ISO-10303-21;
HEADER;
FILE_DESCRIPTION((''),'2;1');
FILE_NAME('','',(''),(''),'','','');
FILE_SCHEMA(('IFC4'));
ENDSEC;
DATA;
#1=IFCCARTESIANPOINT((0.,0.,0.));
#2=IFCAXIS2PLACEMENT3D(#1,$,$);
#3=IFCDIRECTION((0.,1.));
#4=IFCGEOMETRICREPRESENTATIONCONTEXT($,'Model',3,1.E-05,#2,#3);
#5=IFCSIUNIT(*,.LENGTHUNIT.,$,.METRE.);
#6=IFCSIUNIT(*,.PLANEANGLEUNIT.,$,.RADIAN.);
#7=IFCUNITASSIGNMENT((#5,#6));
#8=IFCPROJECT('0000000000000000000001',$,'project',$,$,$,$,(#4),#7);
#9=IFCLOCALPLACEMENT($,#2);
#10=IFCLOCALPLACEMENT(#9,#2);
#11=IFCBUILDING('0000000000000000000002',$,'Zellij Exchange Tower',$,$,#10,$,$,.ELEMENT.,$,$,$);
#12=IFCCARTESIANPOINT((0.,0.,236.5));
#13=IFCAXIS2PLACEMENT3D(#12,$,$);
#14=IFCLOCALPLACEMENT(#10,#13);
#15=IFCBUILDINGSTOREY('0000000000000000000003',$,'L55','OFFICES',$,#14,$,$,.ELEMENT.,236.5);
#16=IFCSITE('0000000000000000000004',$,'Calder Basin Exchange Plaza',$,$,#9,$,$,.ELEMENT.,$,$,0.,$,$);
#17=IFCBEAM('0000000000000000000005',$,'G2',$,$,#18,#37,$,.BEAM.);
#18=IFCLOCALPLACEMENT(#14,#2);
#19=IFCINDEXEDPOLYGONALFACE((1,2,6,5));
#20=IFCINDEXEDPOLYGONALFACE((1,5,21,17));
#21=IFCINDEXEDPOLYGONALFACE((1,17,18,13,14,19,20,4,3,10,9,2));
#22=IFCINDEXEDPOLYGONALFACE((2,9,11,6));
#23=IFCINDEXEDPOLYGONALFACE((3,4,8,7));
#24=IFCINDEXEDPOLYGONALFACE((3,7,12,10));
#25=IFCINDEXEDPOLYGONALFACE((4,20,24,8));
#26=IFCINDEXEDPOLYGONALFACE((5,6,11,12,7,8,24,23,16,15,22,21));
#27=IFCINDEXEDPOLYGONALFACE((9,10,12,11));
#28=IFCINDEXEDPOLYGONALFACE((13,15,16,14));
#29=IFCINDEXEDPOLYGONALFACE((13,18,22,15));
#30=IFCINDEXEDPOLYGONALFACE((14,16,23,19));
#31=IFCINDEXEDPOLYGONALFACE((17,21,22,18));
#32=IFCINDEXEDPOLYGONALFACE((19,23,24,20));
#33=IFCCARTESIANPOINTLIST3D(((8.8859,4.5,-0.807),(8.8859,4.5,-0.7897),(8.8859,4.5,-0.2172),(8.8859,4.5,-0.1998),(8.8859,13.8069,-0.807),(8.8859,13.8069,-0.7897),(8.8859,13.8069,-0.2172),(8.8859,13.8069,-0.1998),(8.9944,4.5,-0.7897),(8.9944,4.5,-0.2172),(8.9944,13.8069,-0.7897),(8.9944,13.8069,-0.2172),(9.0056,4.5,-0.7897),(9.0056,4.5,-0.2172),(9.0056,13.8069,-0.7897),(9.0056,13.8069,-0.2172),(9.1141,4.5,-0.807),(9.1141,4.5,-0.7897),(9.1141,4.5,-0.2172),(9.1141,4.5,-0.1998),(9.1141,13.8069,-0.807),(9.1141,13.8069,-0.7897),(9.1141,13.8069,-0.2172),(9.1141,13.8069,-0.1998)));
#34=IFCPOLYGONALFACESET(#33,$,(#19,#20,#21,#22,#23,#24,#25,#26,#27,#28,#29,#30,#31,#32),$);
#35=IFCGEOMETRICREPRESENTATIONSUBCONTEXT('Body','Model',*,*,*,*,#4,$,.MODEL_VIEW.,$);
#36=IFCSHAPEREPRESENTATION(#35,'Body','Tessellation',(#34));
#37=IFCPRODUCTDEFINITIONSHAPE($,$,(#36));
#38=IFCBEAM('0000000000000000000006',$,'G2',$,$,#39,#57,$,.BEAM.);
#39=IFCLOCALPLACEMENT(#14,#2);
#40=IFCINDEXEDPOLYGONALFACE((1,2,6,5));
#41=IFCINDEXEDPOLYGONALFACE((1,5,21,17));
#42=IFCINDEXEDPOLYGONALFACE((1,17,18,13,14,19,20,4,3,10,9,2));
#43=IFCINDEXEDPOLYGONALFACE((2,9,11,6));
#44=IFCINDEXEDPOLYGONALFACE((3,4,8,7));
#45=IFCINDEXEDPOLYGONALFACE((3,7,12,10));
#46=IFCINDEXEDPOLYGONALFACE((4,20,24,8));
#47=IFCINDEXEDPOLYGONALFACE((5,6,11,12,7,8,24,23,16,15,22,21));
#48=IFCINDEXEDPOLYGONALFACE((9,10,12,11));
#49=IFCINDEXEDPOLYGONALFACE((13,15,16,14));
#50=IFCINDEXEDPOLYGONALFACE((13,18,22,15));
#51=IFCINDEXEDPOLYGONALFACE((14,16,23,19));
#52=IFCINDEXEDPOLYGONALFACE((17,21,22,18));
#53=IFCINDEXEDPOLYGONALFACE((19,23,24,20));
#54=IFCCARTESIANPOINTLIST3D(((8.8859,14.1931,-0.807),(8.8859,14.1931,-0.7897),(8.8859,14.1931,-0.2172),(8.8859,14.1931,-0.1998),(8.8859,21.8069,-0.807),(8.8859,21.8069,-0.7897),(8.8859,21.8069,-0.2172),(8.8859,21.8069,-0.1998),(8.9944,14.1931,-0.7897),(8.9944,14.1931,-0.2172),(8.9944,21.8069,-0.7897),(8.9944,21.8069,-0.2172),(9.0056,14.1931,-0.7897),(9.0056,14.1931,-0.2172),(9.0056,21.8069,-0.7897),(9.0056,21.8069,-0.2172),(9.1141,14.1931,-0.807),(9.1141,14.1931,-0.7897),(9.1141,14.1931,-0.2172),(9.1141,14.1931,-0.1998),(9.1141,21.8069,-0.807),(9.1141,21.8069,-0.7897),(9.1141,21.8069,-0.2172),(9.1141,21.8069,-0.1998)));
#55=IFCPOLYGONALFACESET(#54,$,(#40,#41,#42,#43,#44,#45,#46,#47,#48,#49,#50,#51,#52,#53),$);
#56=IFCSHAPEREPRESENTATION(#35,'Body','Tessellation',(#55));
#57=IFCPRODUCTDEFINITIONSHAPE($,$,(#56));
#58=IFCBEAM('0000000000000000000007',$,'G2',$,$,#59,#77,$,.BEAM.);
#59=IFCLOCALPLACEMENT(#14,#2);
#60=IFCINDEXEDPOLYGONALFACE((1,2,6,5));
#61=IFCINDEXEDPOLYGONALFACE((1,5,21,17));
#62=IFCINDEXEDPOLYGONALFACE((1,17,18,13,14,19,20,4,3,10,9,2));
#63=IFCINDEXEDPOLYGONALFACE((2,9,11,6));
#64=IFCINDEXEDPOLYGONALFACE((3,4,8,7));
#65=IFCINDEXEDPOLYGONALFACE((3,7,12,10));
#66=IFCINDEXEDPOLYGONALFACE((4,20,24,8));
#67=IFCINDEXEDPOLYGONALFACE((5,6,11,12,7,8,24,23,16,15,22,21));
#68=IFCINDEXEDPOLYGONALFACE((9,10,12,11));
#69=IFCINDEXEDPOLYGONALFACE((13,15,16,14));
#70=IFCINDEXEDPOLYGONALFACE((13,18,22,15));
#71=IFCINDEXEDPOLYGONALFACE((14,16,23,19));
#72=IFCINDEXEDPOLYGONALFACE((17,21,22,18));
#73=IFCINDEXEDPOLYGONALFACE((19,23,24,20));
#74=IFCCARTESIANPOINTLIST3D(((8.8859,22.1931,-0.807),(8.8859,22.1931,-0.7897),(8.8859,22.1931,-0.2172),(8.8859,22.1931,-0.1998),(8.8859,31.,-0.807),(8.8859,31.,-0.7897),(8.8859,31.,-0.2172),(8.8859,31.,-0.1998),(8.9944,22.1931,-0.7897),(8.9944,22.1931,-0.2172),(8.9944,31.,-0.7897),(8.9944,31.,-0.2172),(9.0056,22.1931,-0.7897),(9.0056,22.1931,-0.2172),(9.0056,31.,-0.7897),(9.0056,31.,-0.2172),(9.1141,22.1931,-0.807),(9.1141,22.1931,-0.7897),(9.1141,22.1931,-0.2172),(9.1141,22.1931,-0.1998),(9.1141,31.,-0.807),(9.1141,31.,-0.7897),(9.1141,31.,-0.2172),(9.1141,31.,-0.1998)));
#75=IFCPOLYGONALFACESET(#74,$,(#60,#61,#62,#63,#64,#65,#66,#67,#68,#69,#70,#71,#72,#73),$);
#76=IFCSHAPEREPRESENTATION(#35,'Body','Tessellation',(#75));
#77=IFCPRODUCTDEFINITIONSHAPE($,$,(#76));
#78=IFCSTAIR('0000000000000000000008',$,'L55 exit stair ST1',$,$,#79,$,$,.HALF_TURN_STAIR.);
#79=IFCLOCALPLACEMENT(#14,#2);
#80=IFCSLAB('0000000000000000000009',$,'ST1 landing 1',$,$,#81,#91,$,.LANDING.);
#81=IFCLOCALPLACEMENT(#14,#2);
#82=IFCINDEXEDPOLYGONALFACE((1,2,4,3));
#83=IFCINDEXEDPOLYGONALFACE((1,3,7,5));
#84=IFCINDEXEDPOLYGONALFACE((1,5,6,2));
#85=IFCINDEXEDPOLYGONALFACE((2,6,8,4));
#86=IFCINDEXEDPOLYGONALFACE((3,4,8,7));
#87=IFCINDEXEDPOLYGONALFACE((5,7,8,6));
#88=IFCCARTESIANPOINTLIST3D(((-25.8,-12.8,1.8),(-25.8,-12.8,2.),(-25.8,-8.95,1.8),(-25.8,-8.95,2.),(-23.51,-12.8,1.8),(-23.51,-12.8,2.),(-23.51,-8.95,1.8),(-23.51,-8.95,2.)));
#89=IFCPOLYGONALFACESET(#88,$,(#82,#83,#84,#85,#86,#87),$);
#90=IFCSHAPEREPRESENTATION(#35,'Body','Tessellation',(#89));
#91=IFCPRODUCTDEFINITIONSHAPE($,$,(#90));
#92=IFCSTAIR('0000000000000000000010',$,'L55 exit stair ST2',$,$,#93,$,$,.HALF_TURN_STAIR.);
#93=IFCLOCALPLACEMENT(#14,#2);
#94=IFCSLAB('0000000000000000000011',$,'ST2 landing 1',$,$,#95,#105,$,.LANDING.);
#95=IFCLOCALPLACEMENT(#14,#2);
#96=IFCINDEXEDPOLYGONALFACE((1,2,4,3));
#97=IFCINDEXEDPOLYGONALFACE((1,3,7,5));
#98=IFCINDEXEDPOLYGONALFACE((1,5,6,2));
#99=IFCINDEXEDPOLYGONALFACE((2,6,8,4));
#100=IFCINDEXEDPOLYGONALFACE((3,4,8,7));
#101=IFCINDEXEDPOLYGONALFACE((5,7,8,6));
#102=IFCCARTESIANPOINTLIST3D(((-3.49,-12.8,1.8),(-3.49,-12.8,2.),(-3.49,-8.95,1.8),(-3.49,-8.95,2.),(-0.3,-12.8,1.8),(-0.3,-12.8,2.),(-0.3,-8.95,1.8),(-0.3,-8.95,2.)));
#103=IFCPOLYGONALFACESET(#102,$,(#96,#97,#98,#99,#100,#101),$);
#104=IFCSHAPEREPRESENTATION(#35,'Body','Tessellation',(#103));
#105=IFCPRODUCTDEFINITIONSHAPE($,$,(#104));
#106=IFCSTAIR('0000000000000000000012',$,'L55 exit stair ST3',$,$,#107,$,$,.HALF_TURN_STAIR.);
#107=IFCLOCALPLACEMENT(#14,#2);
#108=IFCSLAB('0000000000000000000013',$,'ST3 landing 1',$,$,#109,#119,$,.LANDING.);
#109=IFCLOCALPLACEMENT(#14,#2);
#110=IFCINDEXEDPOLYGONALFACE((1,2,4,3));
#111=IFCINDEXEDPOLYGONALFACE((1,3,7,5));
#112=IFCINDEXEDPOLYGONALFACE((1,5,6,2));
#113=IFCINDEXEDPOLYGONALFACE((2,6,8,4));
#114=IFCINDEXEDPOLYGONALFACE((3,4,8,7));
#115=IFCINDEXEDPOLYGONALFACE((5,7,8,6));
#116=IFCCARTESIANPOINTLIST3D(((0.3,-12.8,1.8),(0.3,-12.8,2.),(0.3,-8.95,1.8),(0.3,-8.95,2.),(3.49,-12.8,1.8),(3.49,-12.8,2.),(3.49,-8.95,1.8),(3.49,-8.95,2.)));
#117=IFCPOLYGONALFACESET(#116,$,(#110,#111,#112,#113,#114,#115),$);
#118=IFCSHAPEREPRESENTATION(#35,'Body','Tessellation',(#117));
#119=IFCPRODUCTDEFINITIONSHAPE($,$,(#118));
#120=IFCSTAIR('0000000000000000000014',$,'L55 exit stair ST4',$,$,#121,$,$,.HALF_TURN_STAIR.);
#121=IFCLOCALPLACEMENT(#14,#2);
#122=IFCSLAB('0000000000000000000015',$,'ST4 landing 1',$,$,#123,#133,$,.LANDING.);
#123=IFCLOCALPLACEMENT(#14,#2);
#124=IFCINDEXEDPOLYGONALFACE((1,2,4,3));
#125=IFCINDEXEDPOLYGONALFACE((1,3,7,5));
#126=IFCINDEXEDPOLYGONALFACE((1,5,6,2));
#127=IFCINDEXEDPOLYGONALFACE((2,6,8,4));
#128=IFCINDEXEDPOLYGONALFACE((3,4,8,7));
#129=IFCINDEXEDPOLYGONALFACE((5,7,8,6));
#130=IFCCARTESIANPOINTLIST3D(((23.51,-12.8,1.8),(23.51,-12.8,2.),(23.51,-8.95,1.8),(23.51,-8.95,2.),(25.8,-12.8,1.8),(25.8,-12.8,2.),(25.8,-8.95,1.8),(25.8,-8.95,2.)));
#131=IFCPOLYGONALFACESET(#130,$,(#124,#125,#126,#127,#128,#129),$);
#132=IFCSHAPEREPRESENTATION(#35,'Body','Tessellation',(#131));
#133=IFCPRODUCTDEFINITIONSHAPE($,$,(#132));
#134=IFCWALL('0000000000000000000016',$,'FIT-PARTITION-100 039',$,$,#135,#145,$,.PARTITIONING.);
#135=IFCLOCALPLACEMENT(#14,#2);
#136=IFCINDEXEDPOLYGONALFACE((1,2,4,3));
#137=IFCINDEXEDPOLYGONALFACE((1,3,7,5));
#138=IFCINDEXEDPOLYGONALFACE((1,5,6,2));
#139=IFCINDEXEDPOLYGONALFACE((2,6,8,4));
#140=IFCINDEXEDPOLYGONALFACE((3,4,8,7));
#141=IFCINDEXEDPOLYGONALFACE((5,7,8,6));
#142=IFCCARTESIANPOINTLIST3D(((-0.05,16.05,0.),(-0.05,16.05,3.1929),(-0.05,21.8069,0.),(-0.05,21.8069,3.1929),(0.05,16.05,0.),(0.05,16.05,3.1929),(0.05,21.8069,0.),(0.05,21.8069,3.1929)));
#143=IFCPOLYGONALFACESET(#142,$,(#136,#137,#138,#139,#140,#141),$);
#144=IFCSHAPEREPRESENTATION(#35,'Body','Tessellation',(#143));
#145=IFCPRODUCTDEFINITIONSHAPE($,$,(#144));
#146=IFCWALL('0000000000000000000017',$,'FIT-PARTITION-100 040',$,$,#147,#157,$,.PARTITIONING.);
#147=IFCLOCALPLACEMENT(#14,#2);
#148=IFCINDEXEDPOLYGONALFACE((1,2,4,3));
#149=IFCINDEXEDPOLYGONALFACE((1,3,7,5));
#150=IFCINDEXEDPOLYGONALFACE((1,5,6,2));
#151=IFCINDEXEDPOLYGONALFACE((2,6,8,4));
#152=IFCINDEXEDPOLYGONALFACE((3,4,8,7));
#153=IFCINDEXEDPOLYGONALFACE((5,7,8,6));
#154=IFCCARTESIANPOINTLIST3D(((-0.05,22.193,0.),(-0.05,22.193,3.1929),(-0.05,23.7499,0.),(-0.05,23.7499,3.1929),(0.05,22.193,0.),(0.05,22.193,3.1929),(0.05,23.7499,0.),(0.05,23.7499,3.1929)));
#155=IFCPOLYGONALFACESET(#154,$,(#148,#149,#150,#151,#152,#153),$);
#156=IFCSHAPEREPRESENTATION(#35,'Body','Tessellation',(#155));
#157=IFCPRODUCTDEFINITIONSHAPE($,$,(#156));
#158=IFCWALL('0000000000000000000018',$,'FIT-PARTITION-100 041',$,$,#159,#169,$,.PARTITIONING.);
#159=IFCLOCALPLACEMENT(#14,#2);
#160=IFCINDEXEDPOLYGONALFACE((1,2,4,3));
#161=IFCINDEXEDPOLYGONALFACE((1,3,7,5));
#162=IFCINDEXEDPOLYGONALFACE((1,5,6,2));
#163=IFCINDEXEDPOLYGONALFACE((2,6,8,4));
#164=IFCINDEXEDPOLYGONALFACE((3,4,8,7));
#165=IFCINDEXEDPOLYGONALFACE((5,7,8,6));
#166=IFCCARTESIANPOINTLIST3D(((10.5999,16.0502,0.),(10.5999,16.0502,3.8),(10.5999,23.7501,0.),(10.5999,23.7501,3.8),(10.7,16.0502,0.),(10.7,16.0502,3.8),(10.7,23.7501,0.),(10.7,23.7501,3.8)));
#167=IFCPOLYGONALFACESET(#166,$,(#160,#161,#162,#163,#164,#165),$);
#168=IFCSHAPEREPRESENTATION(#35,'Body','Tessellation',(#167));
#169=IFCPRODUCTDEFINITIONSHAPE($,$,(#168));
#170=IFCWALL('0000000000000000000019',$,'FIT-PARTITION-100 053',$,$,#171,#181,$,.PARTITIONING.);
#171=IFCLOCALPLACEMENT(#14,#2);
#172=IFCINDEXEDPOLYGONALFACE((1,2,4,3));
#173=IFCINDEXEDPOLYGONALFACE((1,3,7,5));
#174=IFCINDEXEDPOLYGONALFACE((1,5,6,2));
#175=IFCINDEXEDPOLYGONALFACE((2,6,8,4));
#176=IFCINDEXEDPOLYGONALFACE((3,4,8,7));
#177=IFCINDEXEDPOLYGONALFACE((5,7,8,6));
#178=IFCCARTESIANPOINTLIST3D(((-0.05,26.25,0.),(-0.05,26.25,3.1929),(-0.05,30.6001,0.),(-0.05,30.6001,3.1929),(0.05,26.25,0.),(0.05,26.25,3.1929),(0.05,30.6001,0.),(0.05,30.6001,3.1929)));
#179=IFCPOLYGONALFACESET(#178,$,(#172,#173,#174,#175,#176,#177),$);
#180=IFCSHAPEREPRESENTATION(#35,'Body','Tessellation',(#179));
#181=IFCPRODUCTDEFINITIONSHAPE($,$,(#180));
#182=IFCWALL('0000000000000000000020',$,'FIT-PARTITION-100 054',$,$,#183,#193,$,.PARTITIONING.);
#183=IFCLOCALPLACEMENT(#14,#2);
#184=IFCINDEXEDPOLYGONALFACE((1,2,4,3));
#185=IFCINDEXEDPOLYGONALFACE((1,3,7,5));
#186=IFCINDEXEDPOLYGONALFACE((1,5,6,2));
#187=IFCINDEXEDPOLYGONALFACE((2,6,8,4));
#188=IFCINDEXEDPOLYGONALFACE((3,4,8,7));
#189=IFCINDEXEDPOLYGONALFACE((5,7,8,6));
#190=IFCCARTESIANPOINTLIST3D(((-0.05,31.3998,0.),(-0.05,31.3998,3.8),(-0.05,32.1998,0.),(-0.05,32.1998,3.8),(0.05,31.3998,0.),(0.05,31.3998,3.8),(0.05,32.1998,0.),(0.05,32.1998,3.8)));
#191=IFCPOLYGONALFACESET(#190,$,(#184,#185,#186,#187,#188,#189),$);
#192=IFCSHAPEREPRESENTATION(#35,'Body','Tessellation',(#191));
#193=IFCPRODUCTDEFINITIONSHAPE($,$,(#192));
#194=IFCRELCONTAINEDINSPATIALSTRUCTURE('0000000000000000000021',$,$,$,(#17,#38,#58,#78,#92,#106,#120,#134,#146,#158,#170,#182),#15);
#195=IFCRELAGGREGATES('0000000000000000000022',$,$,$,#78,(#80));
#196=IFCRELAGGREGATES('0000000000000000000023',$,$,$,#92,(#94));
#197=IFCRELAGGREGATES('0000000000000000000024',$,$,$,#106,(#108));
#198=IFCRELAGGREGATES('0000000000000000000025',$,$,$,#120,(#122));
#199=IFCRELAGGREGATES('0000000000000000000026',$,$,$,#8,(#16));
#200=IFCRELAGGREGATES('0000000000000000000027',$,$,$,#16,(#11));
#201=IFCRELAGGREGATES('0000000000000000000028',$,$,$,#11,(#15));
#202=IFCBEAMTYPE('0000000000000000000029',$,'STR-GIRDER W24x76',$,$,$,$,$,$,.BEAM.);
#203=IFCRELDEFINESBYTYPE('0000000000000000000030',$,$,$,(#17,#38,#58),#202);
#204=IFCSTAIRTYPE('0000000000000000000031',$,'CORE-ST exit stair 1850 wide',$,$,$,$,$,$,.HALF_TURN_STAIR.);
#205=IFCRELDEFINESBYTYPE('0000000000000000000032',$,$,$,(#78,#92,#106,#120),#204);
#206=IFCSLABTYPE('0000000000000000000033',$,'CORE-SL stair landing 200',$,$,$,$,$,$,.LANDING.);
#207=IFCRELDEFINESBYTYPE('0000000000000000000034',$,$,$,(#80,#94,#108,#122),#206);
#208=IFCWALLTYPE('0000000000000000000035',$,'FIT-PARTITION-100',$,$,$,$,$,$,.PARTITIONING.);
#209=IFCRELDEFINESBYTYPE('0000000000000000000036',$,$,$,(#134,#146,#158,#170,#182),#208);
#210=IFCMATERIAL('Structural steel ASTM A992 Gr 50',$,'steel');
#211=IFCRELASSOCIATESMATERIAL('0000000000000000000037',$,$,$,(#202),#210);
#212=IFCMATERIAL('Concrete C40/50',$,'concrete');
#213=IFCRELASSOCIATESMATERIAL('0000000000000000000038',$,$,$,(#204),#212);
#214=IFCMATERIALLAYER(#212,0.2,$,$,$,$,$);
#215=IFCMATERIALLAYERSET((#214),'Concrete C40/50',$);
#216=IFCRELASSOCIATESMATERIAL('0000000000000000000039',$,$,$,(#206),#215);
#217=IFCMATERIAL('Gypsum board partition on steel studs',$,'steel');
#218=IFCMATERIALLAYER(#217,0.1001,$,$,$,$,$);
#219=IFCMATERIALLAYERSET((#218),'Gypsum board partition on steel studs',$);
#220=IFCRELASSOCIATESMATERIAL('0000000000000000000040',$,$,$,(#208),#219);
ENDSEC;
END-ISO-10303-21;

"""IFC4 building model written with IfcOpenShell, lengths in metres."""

from ifc_helpers import new_model, si_unit, direction, frame, frame_2d, origin, origin_2d, place, context, subcontext, project, spatial, polyline, rectangle, i_section, outline, extrude, material, layer, layer_set, material_profile, profile_set, type_object, element, aggregate, save


model = new_model("IFC4")

# Units and contexts
model_context = context("Model", 3, precision=1e-05, world=origin(), true_north=direction((0.0, 1.0)))
body_context = subcontext(model_context, "Body", "Model", "MODEL_VIEW")
ifc_project = project(units=[si_unit("LENGTHUNIT", "METRE"), si_unit("PLANEANGLEUNIT", "RADIAN")], contexts=[model_context])

# Site, building, storey
site_placement = place(None, origin())
site = spatial("IfcSite", under=ifc_project, at=site_placement, Name="Calder Basin Exchange Plaza", CompositionType="ELEMENT", RefElevation=0.0)
building_placement = place(site_placement, origin())
building = spatial("IfcBuilding", under=site, at=building_placement, Name="Zellij Exchange Tower", CompositionType="ELEMENT")
storey_placement = place(building_placement, frame((0.0, 0.0, 236.5)))
storey = spatial("IfcBuildingStorey", under=building, at=storey_placement, Name="L55", Description="OFFICES", CompositionType="ELEMENT", Elevation=236.5)

# Shared definitions
ifc_material_1 = material(Name="Structural steel ASTM A992 Gr 50", Category="steel")

# Beams
ifc_material_profile_1 = material_profile(ifc_material_1, i_section(OverallWidth=0.2283, OverallDepth=0.6072, WebThickness=0.0112, FlangeThickness=0.0173, at=origin_2d()), Name="W24x76")
ifc_profile_set_1 = profile_set([ifc_material_profile_1], Name="Structural steel ASTM A992 Gr 50")
beam_type = type_object("IfcBeamType", Name="STR-GIRDER W24x76", PredefinedType="BEAM", material=ifc_profile_set_1)
beam_1_placement = place(storey_placement, frame((9.0, 4.5, -0.5034), z_axis=(0.0, 1.0, 0.0), x_axis=(-1.0, 0.0, 0.0)))
element("IfcBeam", 1, at=beam_1_placement, inside=storey, type_object=beam_type, Name="G2", PredefinedType="BEAM", context=body_context, shape_type="SweptSolid", body=[
    extrude(i_section(OverallWidth=0.2283, OverallDepth=0.6072, WebThickness=0.0112, FlangeThickness=0.0173, at=origin_2d()), origin(), (0.0, 0.0, 1.0), 9.3069),
])
beam_2_placement = place(storey_placement, frame((9.0, 14.1931, -0.5034), z_axis=(0.0, 1.0, 0.0), x_axis=(-1.0, 0.0, 0.0)))
element("IfcBeam", 2, at=beam_2_placement, inside=storey, type_object=beam_type, Name="G2", PredefinedType="BEAM", context=body_context, shape_type="SweptSolid", body=[
    extrude(i_section(OverallWidth=0.2283, OverallDepth=0.6072, WebThickness=0.0112, FlangeThickness=0.0173, at=origin_2d()), origin(), (0.0, 0.0, 1.0), 7.6138),
])
beam_3_placement = place(storey_placement, frame((9.0, 22.1931, -0.5034), z_axis=(0.0, 1.0, 0.0), x_axis=(-1.0, 0.0, 0.0)))
element("IfcBeam", 3, at=beam_3_placement, inside=storey, type_object=beam_type, Name="G2", PredefinedType="BEAM", context=body_context, shape_type="SweptSolid", body=[
    extrude(i_section(OverallWidth=0.2283, OverallDepth=0.6072, WebThickness=0.0112, FlangeThickness=0.0173, at=origin_2d()), origin(), (0.0, 0.0, 1.0), 8.8069),
])

# Stairs, slabs
ifc_material_2 = material(Name="Concrete C40/50", Category="concrete")
stair_type = type_object("IfcStairType", Name="CORE-ST exit stair 1850 wide", PredefinedType="HALF_TURN_STAIR", material=ifc_material_2)
stair_1_placement = place(storey_placement, origin())
stair_1 = element("IfcStair", 4, at=stair_1_placement, inside=storey, type_object=stair_type, Name="L55 exit stair ST1", PredefinedType="HALF_TURN_STAIR")
ifc_layer_1 = layer(ifc_material_2, 0.2)
ifc_layer_set_1 = layer_set([ifc_layer_1], Name="Concrete C40/50")
slab_type = type_object("IfcSlabType", Name="CORE-SL stair landing 200", PredefinedType="LANDING", material=ifc_layer_set_1)
slab_1_placement = place(storey_placement, frame((0.0, 0.0, 1.8)))
slab_1 = element("IfcSlab", 5, at=slab_1_placement, type_object=slab_type, Name="ST1 landing 1", PredefinedType="LANDING", context=body_context, shape_type="SweptSolid", body=[
    extrude(outline(polyline([(-23.51, -8.95), (-25.8, -8.95), (-25.8, -12.8), (-23.51, -12.8), (-23.51, -8.95)])), origin(), (0.0, 0.0, 1.0), 0.2),
])
aggregate(stair_1, [slab_1])
stair_2_placement = place(storey_placement, origin())
stair_2 = element("IfcStair", 6, at=stair_2_placement, inside=storey, type_object=stair_type, Name="L55 exit stair ST2", PredefinedType="HALF_TURN_STAIR")
slab_2_placement = place(storey_placement, frame((0.0, 0.0, 1.8)))
slab_2 = element("IfcSlab", 7, at=slab_2_placement, type_object=slab_type, Name="ST2 landing 1", PredefinedType="LANDING", context=body_context, shape_type="SweptSolid", body=[
    extrude(outline(polyline([(-3.49, -12.8), (-0.3, -12.8), (-0.3, -8.95), (-3.49, -8.95), (-3.49, -12.8)])), origin(), (0.0, 0.0, 1.0), 0.2),
])
aggregate(stair_2, [slab_2])
stair_3_placement = place(storey_placement, origin())
stair_3 = element("IfcStair", 8, at=stair_3_placement, inside=storey, type_object=stair_type, Name="L55 exit stair ST3", PredefinedType="HALF_TURN_STAIR")
slab_3_placement = place(storey_placement, frame((0.0, 0.0, 1.8)))
slab_3 = element("IfcSlab", 9, at=slab_3_placement, type_object=slab_type, Name="ST3 landing 1", PredefinedType="LANDING", context=body_context, shape_type="SweptSolid", body=[
    extrude(outline(polyline([(3.49, -8.95), (0.3, -8.95), (0.3, -12.8), (3.49, -12.8), (3.49, -8.95)])), origin(), (0.0, 0.0, 1.0), 0.2),
])
aggregate(stair_3, [slab_3])
stair_4_placement = place(storey_placement, origin())
stair_4 = element("IfcStair", 10, at=stair_4_placement, inside=storey, type_object=stair_type, Name="L55 exit stair ST4", PredefinedType="HALF_TURN_STAIR")
slab_4_placement = place(storey_placement, frame((0.0, 0.0, 1.8)))
slab_4 = element("IfcSlab", 11, at=slab_4_placement, type_object=slab_type, Name="ST4 landing 1", PredefinedType="LANDING", context=body_context, shape_type="SweptSolid", body=[
    extrude(outline(polyline([(23.51, -12.8), (25.8, -12.8), (25.8, -8.95), (23.51, -8.95), (23.51, -12.8)])), origin(), (0.0, 0.0, 1.0), 0.2),
])
aggregate(stair_4, [slab_4])

# Walls
ifc_material_3 = material(Name="Gypsum board partition on steel studs", Category="steel")
ifc_layer_2 = layer(ifc_material_3, 0.1001)
ifc_layer_set_2 = layer_set([ifc_layer_2], Name="Gypsum board partition on steel studs")
wall_type = type_object("IfcWallType", Name="FIT-PARTITION-100", PredefinedType="PARTITIONING", material=ifc_layer_set_2)
wall_1_placement = place(storey_placement, frame((0.0, 16.05, 0.0), z_axis=(0.0, 0.0, 1.0), x_axis=(0.0, 1.0, 0.0)))
element("IfcWall", 12, at=wall_1_placement, inside=storey, type_object=wall_type, Name="FIT-PARTITION-100 039", PredefinedType="PARTITIONING", context=body_context, shape_type="SweptSolid", body=[
    extrude(rectangle(XDim=5.7568, YDim=0.1001, at=frame_2d((2.8784, 0.0))), origin(), (0.0, 0.0, 1.0), 3.1929),
])
wall_2_placement = place(storey_placement, frame((0.0, 22.1931, 0.0), z_axis=(0.0, 0.0, 1.0), x_axis=(0.0, 1.0, 0.0)))
element("IfcWall", 13, at=wall_2_placement, inside=storey, type_object=wall_type, Name="FIT-PARTITION-100 040", PredefinedType="PARTITIONING", context=body_context, shape_type="SweptSolid", body=[
    extrude(rectangle(XDim=1.5569, YDim=0.1001, at=frame_2d((0.7783, 0.0))), origin(), (0.0, 0.0, 1.0), 3.1929),
])
wall_3_placement = place(storey_placement, frame((10.6499, 16.05, 0.0), z_axis=(0.0, 0.0, 1.0), x_axis=(0.0, 1.0, 0.0)))
element("IfcWall", 14, at=wall_3_placement, inside=storey, type_object=wall_type, Name="FIT-PARTITION-100 041", PredefinedType="PARTITIONING", context=body_context, shape_type="SweptSolid", body=[
    extrude(rectangle(XDim=7.7, YDim=0.1001, at=frame_2d((3.8501, 0.0))), origin(), (0.0, 0.0, 1.0), 3.8),
])
wall_4_placement = place(storey_placement, frame((0.0, 26.25, 0.0), z_axis=(0.0, 0.0, 1.0), x_axis=(0.0, 1.0, 0.0)))
element("IfcWall", 15, at=wall_4_placement, inside=storey, type_object=wall_type, Name="FIT-PARTITION-100 053", PredefinedType="PARTITIONING", context=body_context, shape_type="SweptSolid", body=[
    extrude(rectangle(XDim=4.3501, YDim=0.1001, at=frame_2d((2.175, 0.0))), origin(), (0.0, 0.0, 1.0), 3.1929),
])
wall_5_placement = place(storey_placement, frame((0.0, 31.3999, 0.0), z_axis=(0.0, 0.0, 1.0), x_axis=(0.0, 1.0, 0.0)))
element("IfcWall", 16, at=wall_5_placement, inside=storey, type_object=wall_type, Name="FIT-PARTITION-100 054", PredefinedType="PARTITIONING", context=body_context, shape_type="SweptSolid", body=[
    extrude(rectangle(XDim=0.8, YDim=0.1001, at=frame_2d((0.3999, 0.0))), origin(), (0.0, 0.0, 1.0), 3.8),
])

save(model, "model.ifc")
